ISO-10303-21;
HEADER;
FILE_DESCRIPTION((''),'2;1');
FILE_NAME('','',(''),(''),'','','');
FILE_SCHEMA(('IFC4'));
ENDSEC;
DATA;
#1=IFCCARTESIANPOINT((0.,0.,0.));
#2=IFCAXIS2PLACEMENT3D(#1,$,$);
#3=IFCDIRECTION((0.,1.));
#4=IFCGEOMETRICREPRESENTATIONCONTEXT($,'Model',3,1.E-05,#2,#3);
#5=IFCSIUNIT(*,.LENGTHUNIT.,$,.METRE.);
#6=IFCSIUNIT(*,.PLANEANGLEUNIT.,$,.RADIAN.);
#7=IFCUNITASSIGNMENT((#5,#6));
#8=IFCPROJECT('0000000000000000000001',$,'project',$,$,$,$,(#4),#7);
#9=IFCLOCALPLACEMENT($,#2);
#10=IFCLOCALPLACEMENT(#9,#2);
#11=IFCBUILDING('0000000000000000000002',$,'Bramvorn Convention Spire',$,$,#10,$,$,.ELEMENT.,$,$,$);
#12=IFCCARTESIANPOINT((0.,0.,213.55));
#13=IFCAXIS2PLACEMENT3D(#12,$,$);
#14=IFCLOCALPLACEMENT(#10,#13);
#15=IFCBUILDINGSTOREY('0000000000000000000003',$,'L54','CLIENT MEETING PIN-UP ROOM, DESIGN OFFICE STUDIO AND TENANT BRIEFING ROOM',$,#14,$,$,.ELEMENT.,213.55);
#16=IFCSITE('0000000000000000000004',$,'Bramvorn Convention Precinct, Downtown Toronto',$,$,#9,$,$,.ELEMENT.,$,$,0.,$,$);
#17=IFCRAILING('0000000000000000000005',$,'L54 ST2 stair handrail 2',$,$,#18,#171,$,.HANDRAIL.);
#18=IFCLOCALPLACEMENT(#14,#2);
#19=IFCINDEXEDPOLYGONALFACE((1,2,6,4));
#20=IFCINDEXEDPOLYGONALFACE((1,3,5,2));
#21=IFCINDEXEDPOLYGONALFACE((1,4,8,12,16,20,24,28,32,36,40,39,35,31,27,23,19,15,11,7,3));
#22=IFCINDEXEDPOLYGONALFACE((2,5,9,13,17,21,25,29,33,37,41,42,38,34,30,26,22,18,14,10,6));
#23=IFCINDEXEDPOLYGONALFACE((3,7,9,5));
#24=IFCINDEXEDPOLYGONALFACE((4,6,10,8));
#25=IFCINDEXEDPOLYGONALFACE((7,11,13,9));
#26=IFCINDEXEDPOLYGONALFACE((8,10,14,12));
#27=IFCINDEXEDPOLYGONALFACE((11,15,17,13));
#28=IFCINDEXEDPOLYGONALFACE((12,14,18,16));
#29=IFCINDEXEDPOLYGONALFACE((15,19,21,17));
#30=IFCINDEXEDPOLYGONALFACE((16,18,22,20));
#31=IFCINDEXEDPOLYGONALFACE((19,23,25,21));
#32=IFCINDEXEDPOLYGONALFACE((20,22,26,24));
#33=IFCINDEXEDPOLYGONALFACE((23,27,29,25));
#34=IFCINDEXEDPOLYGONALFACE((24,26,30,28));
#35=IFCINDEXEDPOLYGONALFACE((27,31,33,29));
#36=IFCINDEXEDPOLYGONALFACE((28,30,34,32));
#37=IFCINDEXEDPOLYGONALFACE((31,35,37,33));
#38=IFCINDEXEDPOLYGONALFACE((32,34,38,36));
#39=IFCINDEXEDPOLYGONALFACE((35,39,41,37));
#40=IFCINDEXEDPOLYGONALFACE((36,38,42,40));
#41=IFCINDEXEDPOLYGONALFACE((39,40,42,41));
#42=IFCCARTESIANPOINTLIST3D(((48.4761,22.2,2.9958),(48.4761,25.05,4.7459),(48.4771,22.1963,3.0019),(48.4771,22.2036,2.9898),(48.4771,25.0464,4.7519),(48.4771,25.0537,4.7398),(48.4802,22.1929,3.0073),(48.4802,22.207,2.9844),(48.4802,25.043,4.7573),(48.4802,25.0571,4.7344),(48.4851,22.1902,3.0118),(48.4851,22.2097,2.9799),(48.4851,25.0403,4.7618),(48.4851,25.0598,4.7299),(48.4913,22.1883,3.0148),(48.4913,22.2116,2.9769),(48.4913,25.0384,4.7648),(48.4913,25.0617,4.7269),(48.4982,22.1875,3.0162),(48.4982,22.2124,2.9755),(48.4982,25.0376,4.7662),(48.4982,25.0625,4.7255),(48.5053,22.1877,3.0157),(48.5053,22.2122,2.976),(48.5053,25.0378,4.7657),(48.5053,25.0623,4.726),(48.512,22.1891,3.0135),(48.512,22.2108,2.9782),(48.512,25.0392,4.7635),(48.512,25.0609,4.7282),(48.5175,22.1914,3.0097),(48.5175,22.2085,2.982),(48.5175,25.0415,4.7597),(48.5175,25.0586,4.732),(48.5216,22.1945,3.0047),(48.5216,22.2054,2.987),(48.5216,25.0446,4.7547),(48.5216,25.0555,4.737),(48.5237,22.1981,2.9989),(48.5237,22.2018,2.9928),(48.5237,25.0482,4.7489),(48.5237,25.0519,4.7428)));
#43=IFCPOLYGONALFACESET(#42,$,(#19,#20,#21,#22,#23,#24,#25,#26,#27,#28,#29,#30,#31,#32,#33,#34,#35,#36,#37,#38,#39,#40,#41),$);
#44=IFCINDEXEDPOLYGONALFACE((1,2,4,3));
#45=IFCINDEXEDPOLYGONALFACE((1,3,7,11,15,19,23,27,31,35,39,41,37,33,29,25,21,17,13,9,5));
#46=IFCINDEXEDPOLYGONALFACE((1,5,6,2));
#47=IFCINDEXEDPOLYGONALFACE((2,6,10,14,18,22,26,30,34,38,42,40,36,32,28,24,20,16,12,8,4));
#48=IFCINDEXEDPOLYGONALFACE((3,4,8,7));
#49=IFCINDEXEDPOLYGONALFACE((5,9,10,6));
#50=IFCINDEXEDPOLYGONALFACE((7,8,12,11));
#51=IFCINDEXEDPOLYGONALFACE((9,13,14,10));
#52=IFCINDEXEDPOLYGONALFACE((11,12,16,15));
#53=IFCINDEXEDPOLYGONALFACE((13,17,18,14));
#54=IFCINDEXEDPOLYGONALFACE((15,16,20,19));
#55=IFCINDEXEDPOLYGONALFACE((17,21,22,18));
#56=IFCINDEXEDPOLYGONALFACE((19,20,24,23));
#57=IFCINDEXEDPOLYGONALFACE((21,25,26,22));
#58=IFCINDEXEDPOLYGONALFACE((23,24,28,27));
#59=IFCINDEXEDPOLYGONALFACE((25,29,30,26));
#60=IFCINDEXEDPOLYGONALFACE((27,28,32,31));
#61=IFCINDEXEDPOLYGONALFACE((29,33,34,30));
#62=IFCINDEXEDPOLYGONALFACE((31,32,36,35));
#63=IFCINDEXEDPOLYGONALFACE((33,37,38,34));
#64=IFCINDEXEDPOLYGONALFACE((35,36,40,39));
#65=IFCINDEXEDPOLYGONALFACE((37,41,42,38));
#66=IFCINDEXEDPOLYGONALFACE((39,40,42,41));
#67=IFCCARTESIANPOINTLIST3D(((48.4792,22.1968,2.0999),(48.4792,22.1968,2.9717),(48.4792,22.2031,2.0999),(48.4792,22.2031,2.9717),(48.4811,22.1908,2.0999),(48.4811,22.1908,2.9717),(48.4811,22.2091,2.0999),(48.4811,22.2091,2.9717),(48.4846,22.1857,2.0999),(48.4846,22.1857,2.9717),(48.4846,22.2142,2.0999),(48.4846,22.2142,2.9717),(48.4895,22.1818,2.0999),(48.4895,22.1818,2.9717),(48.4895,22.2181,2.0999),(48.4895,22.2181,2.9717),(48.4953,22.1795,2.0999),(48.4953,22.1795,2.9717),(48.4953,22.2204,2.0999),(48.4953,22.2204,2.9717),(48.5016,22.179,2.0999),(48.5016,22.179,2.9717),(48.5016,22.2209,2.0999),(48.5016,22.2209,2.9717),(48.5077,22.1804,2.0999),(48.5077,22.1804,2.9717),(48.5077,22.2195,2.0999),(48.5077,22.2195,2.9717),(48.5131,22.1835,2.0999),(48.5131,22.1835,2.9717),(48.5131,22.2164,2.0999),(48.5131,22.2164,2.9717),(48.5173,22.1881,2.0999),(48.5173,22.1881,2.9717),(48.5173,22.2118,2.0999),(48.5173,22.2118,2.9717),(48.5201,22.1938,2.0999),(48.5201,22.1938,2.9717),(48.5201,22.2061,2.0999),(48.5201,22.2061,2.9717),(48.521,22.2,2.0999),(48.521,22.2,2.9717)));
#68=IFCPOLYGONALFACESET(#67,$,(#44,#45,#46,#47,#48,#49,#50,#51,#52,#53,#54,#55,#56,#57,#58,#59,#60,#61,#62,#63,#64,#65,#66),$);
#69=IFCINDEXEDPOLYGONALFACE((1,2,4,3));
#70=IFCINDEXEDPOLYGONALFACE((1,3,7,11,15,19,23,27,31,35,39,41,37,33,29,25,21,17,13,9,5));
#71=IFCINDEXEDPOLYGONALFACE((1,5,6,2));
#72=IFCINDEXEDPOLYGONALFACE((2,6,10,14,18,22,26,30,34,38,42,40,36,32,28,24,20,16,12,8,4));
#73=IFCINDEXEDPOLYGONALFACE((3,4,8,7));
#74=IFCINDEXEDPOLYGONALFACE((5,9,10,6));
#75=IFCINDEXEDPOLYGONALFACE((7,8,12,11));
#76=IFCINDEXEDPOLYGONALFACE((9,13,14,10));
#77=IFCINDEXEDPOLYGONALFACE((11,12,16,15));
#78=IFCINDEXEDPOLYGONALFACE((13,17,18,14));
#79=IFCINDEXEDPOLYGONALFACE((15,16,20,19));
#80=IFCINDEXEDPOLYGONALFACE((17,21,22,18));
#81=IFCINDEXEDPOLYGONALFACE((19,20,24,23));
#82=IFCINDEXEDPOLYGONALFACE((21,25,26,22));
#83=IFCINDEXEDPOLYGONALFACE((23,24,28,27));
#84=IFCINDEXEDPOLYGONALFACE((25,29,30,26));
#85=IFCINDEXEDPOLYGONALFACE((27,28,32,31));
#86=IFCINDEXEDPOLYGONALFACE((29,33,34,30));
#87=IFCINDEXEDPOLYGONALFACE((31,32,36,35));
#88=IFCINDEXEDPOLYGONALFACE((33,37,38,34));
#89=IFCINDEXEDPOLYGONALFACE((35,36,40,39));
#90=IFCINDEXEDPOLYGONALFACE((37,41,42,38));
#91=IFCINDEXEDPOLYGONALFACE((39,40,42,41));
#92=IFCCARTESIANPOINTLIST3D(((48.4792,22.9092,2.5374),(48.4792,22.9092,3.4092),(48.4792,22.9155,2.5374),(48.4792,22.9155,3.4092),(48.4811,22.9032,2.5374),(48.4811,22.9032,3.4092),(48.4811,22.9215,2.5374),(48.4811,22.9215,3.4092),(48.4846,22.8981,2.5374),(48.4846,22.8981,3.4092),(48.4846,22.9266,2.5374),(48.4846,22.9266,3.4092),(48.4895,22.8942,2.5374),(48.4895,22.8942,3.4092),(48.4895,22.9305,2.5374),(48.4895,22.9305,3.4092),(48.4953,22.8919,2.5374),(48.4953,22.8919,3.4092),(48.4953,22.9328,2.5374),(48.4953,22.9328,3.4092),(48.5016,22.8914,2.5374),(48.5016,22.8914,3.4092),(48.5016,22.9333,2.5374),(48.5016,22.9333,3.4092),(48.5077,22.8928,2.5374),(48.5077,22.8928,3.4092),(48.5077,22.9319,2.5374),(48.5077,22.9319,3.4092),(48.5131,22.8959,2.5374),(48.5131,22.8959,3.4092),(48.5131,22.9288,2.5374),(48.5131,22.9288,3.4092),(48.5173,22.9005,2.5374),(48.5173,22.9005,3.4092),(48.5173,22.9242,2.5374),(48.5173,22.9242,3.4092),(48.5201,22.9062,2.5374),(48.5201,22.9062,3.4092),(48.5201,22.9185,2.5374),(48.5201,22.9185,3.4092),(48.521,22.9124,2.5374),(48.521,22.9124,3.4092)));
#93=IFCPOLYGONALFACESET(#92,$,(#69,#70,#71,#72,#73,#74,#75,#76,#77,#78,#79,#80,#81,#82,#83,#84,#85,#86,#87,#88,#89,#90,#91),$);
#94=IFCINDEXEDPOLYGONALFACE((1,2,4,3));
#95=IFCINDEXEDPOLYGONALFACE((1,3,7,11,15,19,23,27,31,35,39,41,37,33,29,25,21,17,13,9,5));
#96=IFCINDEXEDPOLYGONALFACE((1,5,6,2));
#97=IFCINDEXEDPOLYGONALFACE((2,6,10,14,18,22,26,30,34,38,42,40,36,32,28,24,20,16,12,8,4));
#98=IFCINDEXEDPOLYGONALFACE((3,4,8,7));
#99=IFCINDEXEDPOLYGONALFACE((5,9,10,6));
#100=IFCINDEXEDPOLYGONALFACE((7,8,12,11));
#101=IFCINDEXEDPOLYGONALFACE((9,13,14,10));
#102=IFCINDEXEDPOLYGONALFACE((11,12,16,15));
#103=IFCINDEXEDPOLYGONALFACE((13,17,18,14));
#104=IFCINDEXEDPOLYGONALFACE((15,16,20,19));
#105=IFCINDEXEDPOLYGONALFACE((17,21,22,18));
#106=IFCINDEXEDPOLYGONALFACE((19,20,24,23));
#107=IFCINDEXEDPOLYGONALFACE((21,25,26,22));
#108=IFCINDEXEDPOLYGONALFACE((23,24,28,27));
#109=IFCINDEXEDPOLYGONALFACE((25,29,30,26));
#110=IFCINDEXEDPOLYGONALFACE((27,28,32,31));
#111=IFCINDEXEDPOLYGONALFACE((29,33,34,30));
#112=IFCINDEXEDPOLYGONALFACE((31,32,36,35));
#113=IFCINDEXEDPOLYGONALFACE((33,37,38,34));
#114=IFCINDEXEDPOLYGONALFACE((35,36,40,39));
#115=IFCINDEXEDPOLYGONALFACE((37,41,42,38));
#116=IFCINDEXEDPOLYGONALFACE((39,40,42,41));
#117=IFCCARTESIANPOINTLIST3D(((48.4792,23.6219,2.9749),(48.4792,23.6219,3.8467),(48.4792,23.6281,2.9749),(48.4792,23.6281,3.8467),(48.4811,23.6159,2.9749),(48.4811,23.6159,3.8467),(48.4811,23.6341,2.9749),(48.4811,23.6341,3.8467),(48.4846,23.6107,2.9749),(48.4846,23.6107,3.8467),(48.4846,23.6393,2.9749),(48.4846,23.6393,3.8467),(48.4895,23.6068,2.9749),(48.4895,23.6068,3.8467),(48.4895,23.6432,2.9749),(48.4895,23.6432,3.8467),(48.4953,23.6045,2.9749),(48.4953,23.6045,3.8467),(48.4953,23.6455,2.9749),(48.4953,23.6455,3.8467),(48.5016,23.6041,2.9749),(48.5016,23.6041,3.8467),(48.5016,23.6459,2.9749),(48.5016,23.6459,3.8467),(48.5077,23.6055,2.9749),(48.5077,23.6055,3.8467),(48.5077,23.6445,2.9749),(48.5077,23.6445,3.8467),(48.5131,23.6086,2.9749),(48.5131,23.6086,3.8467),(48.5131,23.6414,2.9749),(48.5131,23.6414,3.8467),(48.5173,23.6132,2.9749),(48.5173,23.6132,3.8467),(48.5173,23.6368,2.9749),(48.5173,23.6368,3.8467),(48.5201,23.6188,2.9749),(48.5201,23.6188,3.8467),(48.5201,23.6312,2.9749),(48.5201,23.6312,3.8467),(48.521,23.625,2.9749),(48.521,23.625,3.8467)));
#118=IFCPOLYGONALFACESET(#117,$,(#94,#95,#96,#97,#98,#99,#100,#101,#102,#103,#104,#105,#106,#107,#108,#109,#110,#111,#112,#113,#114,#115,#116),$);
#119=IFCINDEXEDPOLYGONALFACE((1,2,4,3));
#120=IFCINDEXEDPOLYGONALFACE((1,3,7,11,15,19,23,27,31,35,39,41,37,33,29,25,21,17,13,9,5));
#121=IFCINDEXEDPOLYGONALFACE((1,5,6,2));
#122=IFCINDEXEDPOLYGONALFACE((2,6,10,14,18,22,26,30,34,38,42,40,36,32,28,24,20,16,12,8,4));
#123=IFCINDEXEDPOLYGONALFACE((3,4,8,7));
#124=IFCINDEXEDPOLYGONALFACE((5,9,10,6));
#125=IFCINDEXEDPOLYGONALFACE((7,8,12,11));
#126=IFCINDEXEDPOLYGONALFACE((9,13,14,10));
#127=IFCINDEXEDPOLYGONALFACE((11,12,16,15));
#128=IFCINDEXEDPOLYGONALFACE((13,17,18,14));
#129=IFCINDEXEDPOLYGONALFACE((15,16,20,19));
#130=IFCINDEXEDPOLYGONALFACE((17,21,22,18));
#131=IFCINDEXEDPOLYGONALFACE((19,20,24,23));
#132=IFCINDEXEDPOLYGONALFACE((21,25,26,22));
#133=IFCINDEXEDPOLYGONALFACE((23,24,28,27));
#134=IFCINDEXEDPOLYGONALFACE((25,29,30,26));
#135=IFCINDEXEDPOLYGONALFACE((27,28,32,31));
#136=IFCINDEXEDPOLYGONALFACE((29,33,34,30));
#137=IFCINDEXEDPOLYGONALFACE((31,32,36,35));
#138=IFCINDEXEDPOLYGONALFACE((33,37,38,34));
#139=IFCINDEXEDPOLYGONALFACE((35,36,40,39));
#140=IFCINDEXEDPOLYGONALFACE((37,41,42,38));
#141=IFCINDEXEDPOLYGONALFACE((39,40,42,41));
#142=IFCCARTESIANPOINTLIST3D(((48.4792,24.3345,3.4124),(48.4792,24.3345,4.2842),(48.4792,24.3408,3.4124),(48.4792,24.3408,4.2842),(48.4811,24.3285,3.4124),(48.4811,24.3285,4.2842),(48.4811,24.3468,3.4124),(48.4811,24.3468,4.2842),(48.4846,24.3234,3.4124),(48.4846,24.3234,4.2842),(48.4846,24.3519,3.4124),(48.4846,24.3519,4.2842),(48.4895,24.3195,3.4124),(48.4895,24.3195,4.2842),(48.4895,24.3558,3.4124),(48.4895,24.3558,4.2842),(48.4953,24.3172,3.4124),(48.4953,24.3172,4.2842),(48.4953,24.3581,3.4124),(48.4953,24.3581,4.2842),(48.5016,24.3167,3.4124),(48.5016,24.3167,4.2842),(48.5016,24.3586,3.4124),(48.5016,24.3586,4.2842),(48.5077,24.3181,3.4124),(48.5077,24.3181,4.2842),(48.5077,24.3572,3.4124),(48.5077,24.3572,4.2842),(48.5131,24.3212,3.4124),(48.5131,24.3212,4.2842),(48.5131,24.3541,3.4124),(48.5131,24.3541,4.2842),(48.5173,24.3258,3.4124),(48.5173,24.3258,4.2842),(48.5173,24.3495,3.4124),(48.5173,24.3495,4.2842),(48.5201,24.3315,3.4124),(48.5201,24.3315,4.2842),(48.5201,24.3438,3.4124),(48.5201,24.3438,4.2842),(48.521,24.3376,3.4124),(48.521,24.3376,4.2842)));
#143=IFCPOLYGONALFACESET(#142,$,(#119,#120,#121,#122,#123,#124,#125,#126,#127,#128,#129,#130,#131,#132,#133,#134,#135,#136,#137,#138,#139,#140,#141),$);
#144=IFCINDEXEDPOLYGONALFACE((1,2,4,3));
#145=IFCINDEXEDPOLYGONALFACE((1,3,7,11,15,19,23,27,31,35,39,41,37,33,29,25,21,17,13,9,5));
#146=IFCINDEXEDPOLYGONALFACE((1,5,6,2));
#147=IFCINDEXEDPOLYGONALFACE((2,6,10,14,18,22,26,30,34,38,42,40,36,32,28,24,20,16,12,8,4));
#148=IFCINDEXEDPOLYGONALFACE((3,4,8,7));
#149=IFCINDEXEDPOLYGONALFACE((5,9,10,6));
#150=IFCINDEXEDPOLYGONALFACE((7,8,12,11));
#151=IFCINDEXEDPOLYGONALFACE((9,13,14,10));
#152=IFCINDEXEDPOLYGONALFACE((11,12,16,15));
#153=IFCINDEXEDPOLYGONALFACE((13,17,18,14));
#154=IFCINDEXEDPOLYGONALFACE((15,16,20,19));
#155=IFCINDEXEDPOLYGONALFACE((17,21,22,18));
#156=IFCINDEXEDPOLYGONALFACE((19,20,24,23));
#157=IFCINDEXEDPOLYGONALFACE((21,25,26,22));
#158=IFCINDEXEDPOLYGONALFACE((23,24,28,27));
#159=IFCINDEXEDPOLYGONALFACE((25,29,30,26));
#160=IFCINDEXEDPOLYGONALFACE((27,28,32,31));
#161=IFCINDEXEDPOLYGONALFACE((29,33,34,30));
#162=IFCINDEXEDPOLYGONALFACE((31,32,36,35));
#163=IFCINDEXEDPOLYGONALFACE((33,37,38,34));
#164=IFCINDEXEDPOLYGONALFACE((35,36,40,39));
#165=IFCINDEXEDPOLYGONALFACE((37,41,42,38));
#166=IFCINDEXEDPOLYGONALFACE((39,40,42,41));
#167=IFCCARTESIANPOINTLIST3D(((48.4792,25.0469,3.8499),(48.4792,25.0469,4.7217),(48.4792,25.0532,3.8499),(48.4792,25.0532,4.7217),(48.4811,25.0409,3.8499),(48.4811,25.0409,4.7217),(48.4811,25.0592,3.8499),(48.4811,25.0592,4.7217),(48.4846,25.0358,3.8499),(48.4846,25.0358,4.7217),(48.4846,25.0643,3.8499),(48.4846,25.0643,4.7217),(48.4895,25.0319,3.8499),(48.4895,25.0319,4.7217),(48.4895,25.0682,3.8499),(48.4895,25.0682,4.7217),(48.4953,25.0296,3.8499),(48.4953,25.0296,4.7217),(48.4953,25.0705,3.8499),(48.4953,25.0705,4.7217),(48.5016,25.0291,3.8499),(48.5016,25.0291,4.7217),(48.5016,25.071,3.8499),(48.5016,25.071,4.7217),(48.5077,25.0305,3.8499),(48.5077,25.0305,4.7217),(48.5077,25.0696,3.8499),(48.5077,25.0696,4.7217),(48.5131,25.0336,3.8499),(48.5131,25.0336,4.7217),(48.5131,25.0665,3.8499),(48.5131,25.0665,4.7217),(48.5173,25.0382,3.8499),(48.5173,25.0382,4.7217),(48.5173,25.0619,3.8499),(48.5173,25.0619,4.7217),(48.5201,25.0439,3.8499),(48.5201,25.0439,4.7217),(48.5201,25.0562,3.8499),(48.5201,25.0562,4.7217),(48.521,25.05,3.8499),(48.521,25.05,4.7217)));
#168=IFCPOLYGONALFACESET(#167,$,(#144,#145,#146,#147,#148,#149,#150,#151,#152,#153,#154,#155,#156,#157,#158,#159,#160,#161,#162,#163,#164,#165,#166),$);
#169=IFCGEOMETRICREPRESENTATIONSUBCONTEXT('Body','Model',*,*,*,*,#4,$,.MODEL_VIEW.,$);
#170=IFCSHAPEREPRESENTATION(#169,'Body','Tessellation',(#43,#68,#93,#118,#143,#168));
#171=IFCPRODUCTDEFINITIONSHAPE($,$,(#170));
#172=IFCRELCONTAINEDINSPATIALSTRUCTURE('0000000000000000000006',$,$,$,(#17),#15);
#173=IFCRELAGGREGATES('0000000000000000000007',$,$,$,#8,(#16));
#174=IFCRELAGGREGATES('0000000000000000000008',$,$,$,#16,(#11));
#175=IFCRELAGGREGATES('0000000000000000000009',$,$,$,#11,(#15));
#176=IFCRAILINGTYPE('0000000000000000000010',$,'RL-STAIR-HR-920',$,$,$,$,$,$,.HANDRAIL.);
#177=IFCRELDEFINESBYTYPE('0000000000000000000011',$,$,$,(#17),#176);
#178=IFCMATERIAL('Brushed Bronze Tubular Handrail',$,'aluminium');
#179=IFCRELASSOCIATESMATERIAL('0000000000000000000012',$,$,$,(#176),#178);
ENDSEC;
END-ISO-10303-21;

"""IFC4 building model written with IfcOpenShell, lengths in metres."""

from ifc_helpers import new_model, si_unit, direction, frame, origin, origin_2d, place, context, subcontext, project, spatial, circle, extrude, material, type_object, element, save


model = new_model("IFC4")

# Units and contexts
model_context = context("Model", 3, precision=1e-05, world=origin(), true_north=direction((0.0, 1.0)))
body_context = subcontext(model_context, "Body", "Model", "MODEL_VIEW")
ifc_project = project(units=[si_unit("LENGTHUNIT", "METRE"), si_unit("PLANEANGLEUNIT", "RADIAN")], contexts=[model_context])

# Site, building, storey
site_placement = place(None, origin())
site = spatial("IfcSite", under=ifc_project, at=site_placement, Name="Bramvorn Convention Precinct, Downtown Toronto", CompositionType="ELEMENT", RefElevation=0.0)
building_placement = place(site_placement, origin())
building = spatial("IfcBuilding", under=site, at=building_placement, Name="Bramvorn Convention Spire", CompositionType="ELEMENT")
storey_placement = place(building_placement, frame((0.0, 0.0, 213.55)))
storey = spatial("IfcBuildingStorey", under=building, at=storey_placement, Name="L54", Description="CLIENT MEETING PIN-UP ROOM, DESIGN OFFICE STUDIO AND TENANT BRIEFING ROOM", CompositionType="ELEMENT", Elevation=213.55)

# Railing
ifc_material_1 = material(Name="Brushed Bronze Tubular Handrail", Category="aluminium")
railing_type_1 = type_object("IfcRailingType", Name="RL-STAIR-HR-920", PredefinedType="HANDRAIL", material=ifc_material_1)
railing_1_placement = place(storey_placement, frame((48.5, 22.2, 2.0999)))
element("IfcRailing", 1, at=railing_1_placement, inside=storey, type_object=railing_type_1, Name="L54 ST2 stair handrail 2", PredefinedType="HANDRAIL", context=body_context, shape_type="SweptSolid", body=[
    extrude(circle(Radius=0.0239, at=origin_2d()), frame((0.0, 0.0, 0.896), z_axis=(0.0, 0.852179, 0.52325), x_axis=(-1.0, 0.0, 0.0)), (0.0, 0.0, 1.0), 3.3445),
    extrude(circle(Radius=0.021, at=origin_2d()), origin(), (0.0, 0.0, 1.0), 0.8718),
    extrude(circle(Radius=0.021, at=origin_2d()), frame((0.0, 0.7124, 0.4375)), (0.0, 0.0, 1.0), 0.8718),
    extrude(circle(Radius=0.021, at=origin_2d()), frame((0.0, 1.425, 0.875)), (0.0, 0.0, 1.0), 0.8718),
    extrude(circle(Radius=0.021, at=origin_2d()), frame((0.0, 2.1377, 1.3125)), (0.0, 0.0, 1.0), 0.8718),
    extrude(circle(Radius=0.021, at=origin_2d()), frame((0.0, 2.8501, 1.75)), (0.0, 0.0, 1.0), 0.8718),
])

save(model, "model.ifc")
